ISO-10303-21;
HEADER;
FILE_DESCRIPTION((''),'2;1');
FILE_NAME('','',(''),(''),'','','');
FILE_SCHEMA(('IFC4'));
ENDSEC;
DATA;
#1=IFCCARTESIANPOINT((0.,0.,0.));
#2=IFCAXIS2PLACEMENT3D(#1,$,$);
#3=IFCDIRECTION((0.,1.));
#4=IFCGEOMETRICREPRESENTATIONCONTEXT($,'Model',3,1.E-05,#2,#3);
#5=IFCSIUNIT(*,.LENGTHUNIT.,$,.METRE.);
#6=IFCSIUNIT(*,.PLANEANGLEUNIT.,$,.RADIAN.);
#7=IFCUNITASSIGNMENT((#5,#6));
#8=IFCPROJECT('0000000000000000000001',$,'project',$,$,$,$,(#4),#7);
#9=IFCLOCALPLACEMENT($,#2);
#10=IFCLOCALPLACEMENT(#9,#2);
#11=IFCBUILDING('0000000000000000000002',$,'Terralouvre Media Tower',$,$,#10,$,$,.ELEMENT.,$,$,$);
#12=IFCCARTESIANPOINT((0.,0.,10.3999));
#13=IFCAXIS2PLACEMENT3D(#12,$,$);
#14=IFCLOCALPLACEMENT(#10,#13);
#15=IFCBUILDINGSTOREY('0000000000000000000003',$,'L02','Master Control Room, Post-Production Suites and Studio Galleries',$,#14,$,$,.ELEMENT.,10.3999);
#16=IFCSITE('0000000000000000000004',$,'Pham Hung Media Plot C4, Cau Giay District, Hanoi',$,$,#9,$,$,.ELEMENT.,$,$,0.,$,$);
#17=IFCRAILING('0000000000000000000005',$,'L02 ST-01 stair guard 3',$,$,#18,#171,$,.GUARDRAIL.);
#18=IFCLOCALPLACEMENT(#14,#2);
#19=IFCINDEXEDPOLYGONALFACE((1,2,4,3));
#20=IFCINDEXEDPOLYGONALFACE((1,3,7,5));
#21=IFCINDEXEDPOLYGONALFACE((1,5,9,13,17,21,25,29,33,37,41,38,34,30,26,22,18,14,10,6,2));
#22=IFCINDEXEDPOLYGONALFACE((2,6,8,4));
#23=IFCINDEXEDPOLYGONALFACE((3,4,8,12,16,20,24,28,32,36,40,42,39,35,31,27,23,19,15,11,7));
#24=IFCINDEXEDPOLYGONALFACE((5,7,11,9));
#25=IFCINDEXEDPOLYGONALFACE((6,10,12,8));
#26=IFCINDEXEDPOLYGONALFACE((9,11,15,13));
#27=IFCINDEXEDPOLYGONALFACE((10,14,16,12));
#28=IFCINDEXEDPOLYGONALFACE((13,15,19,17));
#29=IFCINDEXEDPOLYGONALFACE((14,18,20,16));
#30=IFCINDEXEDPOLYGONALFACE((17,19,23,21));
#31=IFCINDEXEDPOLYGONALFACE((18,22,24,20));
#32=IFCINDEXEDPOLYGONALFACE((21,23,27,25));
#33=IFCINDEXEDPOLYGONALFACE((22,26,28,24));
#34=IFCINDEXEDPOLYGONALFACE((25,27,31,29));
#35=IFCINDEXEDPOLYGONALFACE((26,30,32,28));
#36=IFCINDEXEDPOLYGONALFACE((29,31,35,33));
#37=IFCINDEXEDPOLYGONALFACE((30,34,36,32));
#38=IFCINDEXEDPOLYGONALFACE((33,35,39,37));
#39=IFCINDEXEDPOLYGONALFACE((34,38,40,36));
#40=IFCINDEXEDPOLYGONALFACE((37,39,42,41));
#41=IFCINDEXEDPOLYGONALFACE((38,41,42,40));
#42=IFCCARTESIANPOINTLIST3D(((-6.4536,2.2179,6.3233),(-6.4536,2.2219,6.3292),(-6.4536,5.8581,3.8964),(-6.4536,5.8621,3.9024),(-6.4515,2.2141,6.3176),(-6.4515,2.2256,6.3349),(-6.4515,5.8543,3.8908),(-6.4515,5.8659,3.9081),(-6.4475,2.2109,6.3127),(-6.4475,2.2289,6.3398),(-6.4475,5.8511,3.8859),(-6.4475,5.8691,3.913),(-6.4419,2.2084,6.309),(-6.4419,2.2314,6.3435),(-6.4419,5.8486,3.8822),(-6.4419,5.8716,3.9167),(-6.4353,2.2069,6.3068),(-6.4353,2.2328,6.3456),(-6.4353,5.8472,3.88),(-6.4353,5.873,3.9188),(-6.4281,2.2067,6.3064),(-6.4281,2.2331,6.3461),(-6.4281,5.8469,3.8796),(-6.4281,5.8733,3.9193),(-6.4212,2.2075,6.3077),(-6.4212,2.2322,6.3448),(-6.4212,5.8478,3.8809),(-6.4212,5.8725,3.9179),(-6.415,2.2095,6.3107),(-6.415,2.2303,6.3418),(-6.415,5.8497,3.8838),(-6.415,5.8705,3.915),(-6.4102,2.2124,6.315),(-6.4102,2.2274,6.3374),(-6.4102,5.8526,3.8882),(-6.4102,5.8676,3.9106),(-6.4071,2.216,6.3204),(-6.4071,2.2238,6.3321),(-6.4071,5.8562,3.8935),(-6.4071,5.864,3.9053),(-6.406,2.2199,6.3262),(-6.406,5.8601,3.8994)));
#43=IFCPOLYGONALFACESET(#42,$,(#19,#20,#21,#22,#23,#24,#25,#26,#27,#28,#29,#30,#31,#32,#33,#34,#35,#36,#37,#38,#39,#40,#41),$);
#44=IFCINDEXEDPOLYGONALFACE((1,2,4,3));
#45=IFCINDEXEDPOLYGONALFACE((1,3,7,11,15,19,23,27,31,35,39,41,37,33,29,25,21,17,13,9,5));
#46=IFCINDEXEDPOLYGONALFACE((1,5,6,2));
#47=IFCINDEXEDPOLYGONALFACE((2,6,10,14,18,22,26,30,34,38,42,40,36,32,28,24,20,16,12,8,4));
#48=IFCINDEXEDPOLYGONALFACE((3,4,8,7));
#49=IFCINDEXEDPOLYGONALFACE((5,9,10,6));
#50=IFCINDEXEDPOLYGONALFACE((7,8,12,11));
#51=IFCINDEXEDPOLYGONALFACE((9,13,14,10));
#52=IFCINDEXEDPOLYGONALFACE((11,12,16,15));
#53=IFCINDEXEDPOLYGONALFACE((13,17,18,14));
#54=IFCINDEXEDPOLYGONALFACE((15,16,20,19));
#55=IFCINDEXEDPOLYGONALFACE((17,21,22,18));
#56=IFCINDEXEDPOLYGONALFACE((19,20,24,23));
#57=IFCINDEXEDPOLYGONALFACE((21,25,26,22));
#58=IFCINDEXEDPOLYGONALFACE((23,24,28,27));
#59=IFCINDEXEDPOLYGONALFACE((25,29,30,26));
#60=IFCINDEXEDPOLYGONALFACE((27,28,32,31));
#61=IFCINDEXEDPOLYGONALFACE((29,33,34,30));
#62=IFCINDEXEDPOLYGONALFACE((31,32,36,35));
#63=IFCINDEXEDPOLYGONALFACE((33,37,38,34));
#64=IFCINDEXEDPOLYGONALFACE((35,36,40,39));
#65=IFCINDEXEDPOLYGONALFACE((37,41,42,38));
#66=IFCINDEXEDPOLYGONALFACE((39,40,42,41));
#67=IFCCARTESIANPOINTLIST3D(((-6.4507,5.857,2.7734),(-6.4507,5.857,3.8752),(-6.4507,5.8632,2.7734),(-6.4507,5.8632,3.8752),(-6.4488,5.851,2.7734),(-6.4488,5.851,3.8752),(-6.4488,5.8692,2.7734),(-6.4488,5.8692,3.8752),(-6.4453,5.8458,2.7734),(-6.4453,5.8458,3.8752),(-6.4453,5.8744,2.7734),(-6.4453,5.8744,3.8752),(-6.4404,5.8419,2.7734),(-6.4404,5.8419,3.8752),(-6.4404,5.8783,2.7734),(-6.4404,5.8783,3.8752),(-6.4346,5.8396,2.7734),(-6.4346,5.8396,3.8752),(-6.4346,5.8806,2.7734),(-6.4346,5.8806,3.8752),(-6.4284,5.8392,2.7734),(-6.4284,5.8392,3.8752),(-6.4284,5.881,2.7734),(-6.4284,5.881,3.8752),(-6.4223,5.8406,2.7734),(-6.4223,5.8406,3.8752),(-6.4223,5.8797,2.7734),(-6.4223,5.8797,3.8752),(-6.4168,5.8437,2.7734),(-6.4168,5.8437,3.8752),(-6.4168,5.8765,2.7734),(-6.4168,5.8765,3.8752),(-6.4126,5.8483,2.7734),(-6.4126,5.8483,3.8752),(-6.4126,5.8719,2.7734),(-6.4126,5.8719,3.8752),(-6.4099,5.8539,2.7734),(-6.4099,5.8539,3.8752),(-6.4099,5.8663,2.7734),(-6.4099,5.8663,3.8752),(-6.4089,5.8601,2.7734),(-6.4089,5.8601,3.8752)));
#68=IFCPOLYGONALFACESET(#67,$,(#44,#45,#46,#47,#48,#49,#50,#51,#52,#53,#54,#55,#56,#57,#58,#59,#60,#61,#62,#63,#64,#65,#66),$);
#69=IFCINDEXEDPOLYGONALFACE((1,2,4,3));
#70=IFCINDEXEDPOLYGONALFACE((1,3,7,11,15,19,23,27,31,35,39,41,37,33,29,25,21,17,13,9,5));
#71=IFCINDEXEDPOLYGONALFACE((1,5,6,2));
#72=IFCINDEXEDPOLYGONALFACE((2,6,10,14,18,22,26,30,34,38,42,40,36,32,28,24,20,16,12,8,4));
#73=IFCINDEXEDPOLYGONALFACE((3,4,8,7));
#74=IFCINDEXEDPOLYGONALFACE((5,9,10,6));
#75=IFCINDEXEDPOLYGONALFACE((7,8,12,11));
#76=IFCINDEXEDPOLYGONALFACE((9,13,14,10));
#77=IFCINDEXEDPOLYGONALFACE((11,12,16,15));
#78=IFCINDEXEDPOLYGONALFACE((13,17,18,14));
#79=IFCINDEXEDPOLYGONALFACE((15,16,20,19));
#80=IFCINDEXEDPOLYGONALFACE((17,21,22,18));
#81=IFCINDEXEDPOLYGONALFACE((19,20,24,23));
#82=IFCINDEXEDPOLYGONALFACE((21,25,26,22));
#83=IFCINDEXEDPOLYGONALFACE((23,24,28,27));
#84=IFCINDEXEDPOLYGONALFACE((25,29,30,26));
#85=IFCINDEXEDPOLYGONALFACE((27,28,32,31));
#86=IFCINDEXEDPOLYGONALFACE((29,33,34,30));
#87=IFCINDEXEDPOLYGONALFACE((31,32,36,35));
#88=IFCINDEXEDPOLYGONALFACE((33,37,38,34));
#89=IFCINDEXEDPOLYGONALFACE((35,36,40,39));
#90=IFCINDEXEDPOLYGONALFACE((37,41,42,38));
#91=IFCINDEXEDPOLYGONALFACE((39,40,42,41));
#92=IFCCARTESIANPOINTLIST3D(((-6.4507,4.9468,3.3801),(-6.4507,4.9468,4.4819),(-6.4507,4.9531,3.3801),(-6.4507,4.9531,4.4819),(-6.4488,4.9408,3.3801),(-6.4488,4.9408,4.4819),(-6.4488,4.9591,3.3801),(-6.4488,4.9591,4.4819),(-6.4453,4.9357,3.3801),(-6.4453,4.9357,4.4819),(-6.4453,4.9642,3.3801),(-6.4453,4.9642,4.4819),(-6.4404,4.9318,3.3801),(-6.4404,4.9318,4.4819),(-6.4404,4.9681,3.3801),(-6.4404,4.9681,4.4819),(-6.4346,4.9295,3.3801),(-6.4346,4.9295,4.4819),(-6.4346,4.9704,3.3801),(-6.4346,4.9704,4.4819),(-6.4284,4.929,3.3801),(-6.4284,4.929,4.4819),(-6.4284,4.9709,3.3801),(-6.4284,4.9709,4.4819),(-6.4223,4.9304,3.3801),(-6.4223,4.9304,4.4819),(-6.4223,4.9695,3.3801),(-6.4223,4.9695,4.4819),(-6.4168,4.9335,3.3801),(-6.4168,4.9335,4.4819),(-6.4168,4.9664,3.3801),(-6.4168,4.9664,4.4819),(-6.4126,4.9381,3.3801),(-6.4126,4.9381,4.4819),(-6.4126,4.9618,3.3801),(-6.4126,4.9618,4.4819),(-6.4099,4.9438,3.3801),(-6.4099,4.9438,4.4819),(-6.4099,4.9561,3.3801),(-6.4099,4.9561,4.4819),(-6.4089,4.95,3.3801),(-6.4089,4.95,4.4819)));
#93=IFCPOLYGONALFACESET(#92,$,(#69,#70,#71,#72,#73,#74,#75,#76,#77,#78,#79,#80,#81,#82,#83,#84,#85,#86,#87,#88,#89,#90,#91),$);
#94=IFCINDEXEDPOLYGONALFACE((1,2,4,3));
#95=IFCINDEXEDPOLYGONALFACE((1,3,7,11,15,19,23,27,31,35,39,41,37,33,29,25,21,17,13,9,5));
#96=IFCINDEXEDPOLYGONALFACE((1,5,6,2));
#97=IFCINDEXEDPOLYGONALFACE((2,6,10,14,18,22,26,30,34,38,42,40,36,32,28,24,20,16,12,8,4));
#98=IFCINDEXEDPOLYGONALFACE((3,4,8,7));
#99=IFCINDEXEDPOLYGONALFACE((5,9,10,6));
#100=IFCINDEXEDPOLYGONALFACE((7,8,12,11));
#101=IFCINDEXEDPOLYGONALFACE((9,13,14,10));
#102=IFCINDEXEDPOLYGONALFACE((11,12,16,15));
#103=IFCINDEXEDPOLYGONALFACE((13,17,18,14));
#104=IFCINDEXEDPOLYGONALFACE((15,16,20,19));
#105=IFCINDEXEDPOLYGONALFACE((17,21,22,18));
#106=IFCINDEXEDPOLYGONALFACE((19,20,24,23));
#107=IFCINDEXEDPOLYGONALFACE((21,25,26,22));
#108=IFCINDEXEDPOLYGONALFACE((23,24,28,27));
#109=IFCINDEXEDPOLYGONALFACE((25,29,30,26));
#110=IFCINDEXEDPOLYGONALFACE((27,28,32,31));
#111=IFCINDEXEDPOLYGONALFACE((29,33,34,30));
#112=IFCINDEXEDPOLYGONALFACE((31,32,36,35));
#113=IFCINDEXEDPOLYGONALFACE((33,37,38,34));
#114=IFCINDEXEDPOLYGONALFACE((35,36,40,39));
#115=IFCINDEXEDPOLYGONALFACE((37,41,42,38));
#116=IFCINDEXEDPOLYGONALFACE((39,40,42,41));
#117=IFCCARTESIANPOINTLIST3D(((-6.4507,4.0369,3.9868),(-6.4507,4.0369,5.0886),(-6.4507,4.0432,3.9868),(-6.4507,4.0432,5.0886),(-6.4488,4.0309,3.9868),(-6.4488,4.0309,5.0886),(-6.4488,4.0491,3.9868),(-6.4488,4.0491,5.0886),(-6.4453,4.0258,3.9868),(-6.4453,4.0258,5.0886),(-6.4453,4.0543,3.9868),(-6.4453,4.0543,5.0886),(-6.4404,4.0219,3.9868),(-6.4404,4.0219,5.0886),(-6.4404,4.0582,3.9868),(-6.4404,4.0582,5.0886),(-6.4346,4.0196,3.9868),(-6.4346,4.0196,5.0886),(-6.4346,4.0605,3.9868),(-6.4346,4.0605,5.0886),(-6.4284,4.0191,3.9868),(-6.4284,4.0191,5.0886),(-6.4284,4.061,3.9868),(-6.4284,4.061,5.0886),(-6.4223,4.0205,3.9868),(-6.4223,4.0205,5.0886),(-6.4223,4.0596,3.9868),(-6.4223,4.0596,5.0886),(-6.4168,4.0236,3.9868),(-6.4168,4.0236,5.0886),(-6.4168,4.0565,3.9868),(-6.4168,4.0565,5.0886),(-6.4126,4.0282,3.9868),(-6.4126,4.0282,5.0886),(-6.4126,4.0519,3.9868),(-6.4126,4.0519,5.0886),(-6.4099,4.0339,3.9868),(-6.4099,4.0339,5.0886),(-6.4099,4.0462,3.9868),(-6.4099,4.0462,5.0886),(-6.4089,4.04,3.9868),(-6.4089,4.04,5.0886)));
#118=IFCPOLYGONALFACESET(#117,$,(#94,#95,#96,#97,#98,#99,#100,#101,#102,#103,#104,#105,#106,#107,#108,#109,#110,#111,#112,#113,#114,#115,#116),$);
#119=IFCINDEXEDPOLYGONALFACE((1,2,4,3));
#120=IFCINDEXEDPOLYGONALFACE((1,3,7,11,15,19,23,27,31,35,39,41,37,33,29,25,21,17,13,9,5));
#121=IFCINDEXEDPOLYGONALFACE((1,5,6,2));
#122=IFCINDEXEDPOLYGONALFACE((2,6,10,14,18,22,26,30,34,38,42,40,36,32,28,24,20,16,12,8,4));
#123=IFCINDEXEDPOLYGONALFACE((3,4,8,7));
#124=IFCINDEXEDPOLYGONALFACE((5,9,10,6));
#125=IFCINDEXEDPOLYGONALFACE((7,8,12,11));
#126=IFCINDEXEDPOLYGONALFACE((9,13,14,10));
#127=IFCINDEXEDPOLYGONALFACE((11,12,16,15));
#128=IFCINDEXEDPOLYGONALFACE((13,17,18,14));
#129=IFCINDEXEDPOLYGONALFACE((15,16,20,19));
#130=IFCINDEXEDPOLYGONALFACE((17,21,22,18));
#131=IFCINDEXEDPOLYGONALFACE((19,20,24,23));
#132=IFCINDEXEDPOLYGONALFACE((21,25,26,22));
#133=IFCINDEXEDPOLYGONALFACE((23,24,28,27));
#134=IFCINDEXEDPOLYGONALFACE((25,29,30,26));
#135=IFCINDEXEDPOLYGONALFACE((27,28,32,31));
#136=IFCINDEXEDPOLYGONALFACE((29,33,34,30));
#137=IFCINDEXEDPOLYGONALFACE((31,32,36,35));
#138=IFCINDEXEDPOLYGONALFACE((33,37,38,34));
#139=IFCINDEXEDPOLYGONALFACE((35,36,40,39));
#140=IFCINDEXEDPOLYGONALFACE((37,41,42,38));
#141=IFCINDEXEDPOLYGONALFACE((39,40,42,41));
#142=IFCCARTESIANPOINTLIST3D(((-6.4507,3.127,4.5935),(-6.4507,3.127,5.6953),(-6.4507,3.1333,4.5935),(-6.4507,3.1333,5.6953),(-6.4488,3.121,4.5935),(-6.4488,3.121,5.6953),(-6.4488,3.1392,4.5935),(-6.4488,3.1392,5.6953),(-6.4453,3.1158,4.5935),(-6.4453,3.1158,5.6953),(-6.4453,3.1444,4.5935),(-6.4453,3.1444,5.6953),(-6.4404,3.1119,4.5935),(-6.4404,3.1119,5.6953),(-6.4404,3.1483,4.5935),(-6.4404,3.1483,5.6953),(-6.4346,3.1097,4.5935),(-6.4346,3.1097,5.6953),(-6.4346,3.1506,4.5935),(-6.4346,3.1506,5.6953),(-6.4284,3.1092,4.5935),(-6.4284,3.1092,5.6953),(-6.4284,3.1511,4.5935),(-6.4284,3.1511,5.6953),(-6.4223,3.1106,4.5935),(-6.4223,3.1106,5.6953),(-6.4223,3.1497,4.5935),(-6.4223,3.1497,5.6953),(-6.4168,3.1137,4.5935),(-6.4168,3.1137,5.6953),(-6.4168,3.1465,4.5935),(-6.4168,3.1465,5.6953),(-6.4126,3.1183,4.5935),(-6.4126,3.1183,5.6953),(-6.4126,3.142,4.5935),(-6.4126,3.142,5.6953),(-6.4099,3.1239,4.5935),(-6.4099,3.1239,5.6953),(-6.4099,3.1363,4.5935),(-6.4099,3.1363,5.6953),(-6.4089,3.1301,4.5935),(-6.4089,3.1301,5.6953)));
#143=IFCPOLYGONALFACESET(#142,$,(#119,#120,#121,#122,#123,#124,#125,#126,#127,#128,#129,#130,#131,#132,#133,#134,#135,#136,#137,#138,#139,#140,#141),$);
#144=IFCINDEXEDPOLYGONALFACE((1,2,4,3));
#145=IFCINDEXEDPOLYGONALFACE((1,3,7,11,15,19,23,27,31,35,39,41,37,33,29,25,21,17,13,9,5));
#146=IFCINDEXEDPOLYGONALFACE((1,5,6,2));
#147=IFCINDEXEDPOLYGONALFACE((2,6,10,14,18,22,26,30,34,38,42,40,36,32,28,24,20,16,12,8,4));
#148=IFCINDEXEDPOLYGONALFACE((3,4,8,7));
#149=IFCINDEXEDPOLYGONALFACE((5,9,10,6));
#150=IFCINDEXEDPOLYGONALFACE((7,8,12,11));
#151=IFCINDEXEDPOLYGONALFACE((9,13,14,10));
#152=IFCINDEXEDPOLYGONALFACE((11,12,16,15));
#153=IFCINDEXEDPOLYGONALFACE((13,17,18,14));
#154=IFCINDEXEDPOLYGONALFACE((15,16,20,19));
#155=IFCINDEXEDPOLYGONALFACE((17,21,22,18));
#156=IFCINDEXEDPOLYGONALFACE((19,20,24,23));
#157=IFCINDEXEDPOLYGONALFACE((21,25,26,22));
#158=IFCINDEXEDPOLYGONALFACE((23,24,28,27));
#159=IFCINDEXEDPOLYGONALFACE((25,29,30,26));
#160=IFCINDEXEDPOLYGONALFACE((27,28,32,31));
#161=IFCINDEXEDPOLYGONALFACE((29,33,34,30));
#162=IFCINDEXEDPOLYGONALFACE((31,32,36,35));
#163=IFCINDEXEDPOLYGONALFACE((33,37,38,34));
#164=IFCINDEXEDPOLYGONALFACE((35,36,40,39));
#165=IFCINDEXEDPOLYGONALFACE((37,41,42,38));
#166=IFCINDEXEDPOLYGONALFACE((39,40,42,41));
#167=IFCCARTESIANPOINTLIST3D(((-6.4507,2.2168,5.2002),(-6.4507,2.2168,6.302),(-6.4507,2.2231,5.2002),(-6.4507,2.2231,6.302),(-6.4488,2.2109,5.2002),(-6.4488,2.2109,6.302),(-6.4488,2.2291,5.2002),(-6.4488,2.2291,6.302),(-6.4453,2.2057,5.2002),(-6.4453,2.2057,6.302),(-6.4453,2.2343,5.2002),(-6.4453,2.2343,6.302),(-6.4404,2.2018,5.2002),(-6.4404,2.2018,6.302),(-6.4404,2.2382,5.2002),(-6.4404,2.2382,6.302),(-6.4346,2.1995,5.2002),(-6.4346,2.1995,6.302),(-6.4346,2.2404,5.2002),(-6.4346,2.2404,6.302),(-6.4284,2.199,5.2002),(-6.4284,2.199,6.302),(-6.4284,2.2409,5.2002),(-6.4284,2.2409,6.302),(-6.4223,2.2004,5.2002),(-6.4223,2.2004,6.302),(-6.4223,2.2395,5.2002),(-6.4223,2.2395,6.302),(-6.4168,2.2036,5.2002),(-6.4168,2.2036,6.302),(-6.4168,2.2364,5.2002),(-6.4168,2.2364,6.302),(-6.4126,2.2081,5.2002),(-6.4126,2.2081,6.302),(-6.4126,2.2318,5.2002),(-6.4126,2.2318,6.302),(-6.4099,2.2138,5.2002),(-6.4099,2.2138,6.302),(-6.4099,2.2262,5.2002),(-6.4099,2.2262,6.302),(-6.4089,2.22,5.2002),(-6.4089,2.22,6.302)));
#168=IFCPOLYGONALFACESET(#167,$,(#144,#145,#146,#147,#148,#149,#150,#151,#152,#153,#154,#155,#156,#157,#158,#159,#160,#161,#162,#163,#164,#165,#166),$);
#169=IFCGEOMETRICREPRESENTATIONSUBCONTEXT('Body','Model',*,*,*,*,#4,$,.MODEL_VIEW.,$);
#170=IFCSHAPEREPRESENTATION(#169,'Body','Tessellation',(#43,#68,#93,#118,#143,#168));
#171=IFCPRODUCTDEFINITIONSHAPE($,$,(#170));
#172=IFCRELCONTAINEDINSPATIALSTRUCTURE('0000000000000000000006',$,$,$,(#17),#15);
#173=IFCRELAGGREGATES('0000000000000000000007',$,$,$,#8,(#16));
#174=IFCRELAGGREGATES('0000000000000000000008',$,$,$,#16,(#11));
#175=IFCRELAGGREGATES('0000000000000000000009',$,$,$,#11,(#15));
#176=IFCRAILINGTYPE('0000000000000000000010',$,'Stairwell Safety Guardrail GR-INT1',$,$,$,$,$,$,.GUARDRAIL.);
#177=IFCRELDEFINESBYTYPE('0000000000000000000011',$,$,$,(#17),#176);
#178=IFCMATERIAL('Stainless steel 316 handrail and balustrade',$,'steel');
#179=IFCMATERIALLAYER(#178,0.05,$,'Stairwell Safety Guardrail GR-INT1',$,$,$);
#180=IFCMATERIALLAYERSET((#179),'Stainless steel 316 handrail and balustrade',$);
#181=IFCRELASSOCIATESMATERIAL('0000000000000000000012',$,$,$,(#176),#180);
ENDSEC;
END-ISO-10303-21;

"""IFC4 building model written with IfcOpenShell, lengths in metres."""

from ifc_helpers import new_model, si_unit, direction, frame, origin, origin_2d, place, context, subcontext, project, spatial, circle, extrude, material, layer, layer_set, type_object, element, save


model = new_model("IFC4")

# Units and contexts
model_context = context("Model", 3, precision=1e-05, world=origin(), true_north=direction((0.0, 1.0)))
body_context = subcontext(model_context, "Body", "Model", "MODEL_VIEW")
ifc_project = project(units=[si_unit("LENGTHUNIT", "METRE"), si_unit("PLANEANGLEUNIT", "RADIAN")], contexts=[model_context])

# Site, building, storey
site_placement = place(None, origin())
site = spatial("IfcSite", under=ifc_project, at=site_placement, Name="Pham Hung Media Plot C4, Cau Giay District, Hanoi", CompositionType="ELEMENT", RefElevation=0.0)
building_placement = place(site_placement, origin())
building = spatial("IfcBuilding", under=site, at=building_placement, Name="Terralouvre Media Tower", CompositionType="ELEMENT")
storey_placement = place(building_placement, frame((0.0, 0.0, 10.3999)))
storey = spatial("IfcBuildingStorey", under=building, at=storey_placement, Name="L02", Description="Master Control Room, Post-Production Suites and Studio Galleries", CompositionType="ELEMENT", Elevation=10.3999)

# Railing
ifc_material_1 = material(Name="Stainless steel 316 handrail and balustrade", Category="steel")
ifc_layer_1 = layer(ifc_material_1, 0.05, Name="Stairwell Safety Guardrail GR-INT1")
ifc_layer_set_1 = layer_set([ifc_layer_1], Name="Stainless steel 316 handrail and balustrade")
railing_type_1 = type_object("IfcRailingType", Name="Stairwell Safety Guardrail GR-INT1", PredefinedType="GUARDRAIL", material=ifc_layer_set_1)
railing_1_placement = place(storey_placement, frame((-6.4299, 5.8601, 2.7734)))
element("IfcRailing", 1, at=railing_1_placement, inside=storey, type_object=railing_type_1, Name="L02 ST-01 stair guard 3", PredefinedType="GUARDRAIL", context=body_context, shape_type="SweptSolid", body=[
    extrude(circle(Radius=0.0239, at=origin_2d()), frame((0.0, 0.0, 1.126), z_axis=(0.0, -0.83205, 0.5547), x_axis=(1.0, 0.0, 0.0)), (0.0, 0.0, 1.0), 4.375),
    extrude(circle(Radius=0.021, at=origin_2d()), origin(), (0.0, 0.0, 1.0), 1.1018),
    extrude(circle(Radius=0.021, at=origin_2d()), frame((0.0, -0.9102, 0.6067)), (0.0, 0.0, 1.0), 1.1018),
    extrude(circle(Radius=0.021, at=origin_2d()), frame((0.0, -1.8201, 1.2134)), (0.0, 0.0, 1.0), 1.1018),
    extrude(circle(Radius=0.021, at=origin_2d()), frame((0.0, -2.73, 1.8201)), (0.0, 0.0, 1.0), 1.1018),
    extrude(circle(Radius=0.021, at=origin_2d()), frame((0.0, -3.6401, 2.4268)), (0.0, 0.0, 1.0), 1.1018),
])

save(model, "model.ifc")
